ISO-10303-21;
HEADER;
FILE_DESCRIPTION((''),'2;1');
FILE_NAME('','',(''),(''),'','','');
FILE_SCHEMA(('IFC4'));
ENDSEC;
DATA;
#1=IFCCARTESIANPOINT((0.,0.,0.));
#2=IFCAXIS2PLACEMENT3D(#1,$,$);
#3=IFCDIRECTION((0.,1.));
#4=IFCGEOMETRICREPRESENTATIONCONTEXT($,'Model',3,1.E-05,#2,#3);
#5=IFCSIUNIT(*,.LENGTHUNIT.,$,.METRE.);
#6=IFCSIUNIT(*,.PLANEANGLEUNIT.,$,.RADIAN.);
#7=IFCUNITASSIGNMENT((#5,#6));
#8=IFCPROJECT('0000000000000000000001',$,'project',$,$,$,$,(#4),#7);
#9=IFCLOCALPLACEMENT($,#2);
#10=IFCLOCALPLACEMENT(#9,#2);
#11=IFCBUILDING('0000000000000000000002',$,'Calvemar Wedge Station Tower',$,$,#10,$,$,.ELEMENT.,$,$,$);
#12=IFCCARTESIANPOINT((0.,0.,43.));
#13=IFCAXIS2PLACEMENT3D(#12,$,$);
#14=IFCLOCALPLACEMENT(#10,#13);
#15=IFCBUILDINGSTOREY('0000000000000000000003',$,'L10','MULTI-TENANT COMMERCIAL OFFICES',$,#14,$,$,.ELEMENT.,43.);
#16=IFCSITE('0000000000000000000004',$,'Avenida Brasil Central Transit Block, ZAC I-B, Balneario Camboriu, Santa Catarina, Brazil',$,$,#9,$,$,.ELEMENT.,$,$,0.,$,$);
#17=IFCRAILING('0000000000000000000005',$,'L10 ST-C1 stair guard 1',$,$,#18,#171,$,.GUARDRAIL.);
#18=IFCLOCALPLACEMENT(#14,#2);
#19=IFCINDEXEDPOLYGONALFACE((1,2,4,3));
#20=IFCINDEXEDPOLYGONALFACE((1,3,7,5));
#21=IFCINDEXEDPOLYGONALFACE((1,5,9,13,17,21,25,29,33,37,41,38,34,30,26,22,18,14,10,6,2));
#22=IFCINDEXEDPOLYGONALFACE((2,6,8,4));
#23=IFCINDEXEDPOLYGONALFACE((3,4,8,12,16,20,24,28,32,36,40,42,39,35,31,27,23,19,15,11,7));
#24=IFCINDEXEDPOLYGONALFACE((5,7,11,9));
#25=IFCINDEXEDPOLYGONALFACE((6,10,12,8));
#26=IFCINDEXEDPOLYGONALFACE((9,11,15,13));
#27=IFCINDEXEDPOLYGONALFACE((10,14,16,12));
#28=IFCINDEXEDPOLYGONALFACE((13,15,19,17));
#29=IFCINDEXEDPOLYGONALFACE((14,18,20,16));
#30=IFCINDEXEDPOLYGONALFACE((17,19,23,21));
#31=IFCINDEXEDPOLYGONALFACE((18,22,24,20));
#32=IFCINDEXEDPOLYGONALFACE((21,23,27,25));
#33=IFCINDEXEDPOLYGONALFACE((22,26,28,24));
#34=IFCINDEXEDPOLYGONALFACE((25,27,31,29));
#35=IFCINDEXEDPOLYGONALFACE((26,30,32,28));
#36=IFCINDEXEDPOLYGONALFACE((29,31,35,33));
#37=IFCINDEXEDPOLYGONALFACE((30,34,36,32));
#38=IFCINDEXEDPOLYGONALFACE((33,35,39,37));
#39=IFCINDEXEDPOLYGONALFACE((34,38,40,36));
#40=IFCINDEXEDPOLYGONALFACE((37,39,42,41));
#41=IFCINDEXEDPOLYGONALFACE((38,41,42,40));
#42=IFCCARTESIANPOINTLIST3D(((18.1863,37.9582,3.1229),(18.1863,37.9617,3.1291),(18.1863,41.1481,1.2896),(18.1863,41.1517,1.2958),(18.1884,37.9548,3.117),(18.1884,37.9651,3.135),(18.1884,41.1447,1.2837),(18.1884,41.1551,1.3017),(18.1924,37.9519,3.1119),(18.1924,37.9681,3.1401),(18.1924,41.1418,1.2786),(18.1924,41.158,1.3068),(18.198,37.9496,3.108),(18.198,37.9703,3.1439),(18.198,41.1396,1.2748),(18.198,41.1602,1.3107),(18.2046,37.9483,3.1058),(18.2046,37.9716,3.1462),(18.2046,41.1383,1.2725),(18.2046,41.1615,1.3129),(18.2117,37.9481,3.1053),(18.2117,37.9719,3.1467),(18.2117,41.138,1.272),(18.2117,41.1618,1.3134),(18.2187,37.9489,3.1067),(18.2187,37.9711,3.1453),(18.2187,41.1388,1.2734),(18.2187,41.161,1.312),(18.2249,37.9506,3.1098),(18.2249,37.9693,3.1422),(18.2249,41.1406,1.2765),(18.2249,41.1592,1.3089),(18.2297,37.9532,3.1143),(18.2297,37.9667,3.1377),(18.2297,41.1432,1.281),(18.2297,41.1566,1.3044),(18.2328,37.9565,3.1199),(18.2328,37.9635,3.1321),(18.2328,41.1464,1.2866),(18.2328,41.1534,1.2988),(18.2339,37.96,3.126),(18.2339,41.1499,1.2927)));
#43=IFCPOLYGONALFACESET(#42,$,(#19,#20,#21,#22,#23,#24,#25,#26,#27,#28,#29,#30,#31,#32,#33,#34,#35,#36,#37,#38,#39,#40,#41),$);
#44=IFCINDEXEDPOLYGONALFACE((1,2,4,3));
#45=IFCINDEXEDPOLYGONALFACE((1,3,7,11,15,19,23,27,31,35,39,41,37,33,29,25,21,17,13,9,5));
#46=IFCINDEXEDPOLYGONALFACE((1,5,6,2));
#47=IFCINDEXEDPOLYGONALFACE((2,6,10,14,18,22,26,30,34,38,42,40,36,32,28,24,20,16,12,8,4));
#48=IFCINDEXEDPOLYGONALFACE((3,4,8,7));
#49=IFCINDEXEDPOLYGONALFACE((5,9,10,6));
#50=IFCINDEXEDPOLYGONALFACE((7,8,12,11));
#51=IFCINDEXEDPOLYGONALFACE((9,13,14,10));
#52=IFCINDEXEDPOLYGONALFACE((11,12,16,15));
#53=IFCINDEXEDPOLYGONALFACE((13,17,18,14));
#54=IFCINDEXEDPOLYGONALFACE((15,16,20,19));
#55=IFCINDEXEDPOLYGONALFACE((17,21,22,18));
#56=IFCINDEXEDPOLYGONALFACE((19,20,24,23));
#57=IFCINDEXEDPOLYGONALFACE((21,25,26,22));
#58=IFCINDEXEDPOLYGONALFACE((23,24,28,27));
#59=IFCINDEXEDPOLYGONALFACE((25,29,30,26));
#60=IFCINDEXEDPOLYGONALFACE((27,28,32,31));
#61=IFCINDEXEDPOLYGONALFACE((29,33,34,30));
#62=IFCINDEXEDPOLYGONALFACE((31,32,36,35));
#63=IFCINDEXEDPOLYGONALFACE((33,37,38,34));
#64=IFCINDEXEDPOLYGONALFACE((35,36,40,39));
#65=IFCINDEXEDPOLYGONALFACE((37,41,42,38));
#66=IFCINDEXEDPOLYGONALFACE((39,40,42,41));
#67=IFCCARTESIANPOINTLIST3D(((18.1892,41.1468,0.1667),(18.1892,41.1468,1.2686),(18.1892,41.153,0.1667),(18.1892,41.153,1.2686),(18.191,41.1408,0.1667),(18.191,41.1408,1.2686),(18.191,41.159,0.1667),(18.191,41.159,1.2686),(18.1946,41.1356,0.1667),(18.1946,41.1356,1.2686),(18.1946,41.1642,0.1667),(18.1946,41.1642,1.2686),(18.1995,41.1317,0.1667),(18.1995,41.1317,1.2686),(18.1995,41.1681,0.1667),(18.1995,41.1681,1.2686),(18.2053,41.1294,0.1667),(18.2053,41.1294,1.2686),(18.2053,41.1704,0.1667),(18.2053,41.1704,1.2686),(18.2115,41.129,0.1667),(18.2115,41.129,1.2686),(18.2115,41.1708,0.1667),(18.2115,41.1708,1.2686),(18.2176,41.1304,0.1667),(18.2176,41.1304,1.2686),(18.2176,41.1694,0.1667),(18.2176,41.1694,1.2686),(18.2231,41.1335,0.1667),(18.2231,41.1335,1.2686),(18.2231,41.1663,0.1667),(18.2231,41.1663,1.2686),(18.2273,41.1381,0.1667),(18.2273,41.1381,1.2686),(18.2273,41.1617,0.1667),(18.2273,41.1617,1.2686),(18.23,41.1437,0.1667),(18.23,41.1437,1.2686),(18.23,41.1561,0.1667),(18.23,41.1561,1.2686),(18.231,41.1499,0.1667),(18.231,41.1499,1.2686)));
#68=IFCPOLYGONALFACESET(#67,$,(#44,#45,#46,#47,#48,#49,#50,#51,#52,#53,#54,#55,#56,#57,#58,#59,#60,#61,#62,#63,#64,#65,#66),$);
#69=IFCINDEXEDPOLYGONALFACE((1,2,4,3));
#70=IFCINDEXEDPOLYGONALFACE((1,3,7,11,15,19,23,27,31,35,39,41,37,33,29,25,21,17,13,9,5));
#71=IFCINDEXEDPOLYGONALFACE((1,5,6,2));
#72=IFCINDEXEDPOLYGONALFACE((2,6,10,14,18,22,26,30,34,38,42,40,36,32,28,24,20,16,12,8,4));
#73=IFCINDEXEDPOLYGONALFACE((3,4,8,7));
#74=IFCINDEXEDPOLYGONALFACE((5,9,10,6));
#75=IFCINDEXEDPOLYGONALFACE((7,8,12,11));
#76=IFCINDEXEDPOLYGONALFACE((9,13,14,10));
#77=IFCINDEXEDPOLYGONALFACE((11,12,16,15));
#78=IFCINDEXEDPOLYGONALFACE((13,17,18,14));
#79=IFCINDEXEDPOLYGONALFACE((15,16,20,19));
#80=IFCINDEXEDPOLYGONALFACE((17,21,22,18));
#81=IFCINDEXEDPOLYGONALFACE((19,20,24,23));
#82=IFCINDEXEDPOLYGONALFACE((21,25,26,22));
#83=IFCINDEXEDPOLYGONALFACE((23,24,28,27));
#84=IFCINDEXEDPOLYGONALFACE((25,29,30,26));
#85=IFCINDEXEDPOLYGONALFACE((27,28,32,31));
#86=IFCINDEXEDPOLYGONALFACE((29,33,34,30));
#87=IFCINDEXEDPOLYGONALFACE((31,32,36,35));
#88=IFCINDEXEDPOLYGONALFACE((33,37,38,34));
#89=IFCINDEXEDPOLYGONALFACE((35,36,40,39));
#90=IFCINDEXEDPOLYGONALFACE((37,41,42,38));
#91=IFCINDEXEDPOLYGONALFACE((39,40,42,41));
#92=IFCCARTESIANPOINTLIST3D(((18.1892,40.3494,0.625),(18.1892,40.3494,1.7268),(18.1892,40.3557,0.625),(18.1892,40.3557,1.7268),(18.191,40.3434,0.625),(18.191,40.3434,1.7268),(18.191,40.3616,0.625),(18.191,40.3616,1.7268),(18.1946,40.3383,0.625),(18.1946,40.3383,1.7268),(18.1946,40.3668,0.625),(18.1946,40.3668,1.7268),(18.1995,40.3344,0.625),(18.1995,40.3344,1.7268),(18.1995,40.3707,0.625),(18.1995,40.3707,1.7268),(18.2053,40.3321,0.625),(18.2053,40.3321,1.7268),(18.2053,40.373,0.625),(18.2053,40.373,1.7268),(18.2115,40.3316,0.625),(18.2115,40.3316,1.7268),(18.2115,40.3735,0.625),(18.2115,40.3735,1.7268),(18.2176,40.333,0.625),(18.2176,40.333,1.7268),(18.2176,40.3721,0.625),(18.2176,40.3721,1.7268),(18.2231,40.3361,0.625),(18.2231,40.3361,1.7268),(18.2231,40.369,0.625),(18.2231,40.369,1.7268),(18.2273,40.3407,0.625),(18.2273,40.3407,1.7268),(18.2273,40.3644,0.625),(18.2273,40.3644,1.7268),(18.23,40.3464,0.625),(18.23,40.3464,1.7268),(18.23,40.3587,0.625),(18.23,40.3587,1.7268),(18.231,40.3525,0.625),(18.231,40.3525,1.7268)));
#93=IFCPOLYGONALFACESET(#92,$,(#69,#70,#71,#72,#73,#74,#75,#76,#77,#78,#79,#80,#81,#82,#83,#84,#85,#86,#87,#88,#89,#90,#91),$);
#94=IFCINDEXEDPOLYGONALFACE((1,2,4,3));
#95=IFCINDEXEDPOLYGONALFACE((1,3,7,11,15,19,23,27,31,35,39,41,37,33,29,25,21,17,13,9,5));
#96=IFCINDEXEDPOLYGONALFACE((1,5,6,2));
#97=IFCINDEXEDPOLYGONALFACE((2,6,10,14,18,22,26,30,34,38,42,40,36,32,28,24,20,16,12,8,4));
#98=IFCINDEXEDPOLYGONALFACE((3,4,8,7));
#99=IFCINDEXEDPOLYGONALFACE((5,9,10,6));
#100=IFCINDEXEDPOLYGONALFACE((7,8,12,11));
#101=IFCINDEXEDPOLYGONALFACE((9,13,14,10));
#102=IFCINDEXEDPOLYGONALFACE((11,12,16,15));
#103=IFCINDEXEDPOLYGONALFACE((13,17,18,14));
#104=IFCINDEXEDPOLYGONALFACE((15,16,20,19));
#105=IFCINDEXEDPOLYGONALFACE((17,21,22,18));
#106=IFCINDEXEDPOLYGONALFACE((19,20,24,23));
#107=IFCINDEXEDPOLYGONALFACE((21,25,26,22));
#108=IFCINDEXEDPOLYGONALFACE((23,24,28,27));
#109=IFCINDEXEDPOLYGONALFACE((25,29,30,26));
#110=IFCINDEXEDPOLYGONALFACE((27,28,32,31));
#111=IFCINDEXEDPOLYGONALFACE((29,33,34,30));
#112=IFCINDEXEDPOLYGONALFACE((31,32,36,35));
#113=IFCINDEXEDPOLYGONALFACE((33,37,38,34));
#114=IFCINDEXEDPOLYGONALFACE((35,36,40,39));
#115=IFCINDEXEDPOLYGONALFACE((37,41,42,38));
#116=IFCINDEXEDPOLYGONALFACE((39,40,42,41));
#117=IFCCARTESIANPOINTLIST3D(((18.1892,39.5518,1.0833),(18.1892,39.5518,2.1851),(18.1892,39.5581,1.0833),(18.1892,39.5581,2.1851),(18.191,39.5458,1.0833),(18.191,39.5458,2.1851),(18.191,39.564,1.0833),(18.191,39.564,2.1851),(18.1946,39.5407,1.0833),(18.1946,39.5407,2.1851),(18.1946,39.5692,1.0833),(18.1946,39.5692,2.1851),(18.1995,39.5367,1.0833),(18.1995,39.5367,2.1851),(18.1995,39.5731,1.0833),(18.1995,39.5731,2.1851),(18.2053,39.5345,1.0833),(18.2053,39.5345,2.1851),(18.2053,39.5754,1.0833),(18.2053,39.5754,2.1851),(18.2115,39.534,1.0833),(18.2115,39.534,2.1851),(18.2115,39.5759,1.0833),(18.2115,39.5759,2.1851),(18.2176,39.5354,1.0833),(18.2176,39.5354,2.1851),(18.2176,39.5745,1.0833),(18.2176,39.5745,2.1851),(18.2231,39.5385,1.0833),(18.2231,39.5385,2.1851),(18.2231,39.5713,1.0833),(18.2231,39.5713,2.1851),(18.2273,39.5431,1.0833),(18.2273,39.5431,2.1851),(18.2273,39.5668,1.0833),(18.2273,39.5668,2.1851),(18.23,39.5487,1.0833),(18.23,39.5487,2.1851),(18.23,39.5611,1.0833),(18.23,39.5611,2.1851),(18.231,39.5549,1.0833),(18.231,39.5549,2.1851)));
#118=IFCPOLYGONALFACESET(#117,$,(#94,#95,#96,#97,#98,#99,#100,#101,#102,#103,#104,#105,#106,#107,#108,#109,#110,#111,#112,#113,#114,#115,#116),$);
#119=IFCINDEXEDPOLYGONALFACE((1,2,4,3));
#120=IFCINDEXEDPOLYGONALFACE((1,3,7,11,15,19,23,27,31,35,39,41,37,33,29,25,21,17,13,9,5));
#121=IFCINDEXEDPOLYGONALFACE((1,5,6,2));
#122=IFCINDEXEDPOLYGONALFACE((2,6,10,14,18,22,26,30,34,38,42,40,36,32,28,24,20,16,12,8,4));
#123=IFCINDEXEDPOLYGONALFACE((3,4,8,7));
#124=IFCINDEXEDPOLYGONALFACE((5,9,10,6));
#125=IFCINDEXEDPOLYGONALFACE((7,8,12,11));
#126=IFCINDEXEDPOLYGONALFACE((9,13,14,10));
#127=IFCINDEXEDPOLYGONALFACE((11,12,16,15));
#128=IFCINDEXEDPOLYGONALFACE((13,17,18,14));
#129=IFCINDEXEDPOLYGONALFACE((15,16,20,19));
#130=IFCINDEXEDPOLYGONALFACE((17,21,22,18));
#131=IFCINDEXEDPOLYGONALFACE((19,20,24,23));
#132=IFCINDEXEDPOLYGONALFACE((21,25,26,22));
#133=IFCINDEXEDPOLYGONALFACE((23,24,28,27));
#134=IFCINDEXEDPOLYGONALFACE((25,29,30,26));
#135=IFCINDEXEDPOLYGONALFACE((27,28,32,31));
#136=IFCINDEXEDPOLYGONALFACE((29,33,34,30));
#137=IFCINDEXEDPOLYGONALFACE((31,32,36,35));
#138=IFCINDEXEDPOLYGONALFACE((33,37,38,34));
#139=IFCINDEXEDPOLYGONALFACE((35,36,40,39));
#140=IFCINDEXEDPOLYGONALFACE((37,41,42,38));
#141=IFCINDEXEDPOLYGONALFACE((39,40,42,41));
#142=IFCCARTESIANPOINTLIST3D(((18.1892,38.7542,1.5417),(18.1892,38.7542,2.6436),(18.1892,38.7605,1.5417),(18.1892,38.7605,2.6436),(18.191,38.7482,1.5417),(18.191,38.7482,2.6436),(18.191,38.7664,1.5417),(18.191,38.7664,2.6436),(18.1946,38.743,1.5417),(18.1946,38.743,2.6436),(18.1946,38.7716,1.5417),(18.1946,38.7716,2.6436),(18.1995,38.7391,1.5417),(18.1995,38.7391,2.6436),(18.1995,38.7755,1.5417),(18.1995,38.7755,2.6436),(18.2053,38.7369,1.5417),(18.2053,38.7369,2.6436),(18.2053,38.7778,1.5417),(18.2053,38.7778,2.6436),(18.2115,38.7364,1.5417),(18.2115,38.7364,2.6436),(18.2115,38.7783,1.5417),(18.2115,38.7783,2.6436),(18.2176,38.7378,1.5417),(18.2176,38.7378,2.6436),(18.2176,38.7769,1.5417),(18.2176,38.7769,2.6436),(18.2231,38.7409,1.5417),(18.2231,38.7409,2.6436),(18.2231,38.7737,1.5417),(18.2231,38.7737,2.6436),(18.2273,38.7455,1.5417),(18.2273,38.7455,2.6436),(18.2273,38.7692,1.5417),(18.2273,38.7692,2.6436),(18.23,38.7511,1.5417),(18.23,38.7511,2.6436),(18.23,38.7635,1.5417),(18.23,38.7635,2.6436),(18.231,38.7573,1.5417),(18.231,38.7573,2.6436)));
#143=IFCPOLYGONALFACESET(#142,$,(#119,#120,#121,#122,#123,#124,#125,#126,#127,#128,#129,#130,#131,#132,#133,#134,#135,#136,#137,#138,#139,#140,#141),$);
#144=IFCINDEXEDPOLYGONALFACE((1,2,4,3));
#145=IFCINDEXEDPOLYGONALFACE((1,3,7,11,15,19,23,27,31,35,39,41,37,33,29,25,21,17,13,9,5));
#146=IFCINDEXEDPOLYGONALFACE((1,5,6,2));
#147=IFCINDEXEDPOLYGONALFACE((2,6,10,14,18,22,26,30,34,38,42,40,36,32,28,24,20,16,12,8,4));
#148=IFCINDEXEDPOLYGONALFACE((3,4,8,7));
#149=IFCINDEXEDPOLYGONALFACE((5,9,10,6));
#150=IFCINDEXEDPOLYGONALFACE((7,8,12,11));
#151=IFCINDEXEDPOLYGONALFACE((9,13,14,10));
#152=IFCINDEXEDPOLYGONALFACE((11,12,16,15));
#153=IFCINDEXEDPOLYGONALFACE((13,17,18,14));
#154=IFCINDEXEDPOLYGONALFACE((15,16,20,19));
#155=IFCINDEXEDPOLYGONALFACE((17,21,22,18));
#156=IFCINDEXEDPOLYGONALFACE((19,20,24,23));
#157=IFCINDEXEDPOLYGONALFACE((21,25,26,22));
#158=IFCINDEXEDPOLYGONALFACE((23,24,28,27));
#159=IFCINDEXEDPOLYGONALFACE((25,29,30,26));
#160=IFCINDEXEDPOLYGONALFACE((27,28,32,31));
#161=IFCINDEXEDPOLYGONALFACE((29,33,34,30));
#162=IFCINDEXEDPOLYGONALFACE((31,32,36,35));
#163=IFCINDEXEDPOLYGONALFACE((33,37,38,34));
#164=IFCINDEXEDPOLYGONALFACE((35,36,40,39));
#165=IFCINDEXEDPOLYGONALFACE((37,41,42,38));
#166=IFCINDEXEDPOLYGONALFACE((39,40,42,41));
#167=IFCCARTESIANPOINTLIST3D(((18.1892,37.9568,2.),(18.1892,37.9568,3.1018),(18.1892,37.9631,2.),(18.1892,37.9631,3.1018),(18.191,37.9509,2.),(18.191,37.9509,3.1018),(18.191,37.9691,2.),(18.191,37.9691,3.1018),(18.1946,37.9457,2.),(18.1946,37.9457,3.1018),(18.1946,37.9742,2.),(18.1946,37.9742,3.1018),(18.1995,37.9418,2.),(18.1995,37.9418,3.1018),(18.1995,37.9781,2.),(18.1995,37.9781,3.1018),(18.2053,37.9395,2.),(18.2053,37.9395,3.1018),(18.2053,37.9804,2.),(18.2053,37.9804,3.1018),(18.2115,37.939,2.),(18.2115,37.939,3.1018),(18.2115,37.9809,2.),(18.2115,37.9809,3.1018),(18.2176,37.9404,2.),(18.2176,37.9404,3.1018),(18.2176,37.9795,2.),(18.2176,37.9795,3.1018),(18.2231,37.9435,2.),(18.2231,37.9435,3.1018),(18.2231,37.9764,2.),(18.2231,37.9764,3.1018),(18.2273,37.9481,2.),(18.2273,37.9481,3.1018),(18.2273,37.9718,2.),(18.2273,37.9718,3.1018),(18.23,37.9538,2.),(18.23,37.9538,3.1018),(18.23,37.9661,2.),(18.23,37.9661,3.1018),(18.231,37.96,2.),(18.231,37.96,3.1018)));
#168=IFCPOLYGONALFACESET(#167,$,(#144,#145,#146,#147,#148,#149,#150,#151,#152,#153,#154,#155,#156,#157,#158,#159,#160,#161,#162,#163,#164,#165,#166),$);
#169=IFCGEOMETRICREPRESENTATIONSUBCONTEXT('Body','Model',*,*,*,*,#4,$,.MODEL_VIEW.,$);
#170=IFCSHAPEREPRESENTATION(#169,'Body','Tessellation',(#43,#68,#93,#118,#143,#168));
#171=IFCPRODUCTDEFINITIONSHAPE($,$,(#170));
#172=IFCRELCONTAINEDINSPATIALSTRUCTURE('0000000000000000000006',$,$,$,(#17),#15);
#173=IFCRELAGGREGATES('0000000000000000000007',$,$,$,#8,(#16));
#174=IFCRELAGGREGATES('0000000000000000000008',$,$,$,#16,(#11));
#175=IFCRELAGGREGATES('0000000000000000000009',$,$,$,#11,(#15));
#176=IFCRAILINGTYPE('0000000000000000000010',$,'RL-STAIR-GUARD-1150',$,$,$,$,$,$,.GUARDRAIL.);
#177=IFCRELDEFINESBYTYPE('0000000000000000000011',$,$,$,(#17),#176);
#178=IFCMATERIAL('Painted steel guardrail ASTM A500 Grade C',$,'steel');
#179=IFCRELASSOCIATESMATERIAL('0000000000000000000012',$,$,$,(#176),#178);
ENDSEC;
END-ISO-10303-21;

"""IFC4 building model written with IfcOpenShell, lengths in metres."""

from ifc_helpers import new_model, si_unit, direction, frame, origin, origin_2d, place, context, subcontext, project, spatial, circle, extrude, material, type_object, element, save


model = new_model("IFC4")

# Units and contexts
model_context = context("Model", 3, precision=1e-05, world=origin(), true_north=direction((0.0, 1.0)))
body_context = subcontext(model_context, "Body", "Model", "MODEL_VIEW")
ifc_project = project(units=[si_unit("LENGTHUNIT", "METRE"), si_unit("PLANEANGLEUNIT", "RADIAN")], contexts=[model_context])

# Site, building, storey
site_placement = place(None, origin())
site = spatial("IfcSite", under=ifc_project, at=site_placement, Name="Avenida Brasil Central Transit Block, ZAC I-B, Balneario Camboriu, Santa Catarina, Brazil", CompositionType="ELEMENT", RefElevation=0.0)
building_placement = place(site_placement, origin())
building = spatial("IfcBuilding", under=site, at=building_placement, Name="Calvemar Wedge Station Tower", CompositionType="ELEMENT")
storey_placement = place(building_placement, frame((0.0, 0.0, 43.0)))
storey = spatial("IfcBuildingStorey", under=building, at=storey_placement, Name="L10", Description="MULTI-TENANT COMMERCIAL OFFICES", CompositionType="ELEMENT", Elevation=43.0)

# Railing
ifc_material_1 = material(Name="Painted steel guardrail ASTM A500 Grade C", Category="steel")
railing_type = type_object("IfcRailingType", Name="RL-STAIR-GUARD-1150", PredefinedType="GUARDRAIL", material=ifc_material_1)
railing_1_placement = place(storey_placement, frame((18.21, 41.1499, 0.1667)))
element("IfcRailing", 1, at=railing_1_placement, inside=storey, type_object=railing_type, Name="L10 ST-C1 stair guard 1", PredefinedType="GUARDRAIL", context=body_context, shape_type="SweptSolid", body=[
    extrude(circle(Radius=0.0239, at=origin_2d()), frame((0.0, 0.0, 1.126), z_axis=(0.0, -0.86702, 0.498274), x_axis=(1.0, 0.0, 0.0)), (0.0, 0.0, 1.0), 3.6792),
    extrude(circle(Radius=0.021, at=origin_2d()), origin(), (0.0, 0.0, 1.0), 1.1018),
    extrude(circle(Radius=0.021, at=origin_2d()), frame((0.0, -0.7974, 0.4583)), (0.0, 0.0, 1.0), 1.1018),
    extrude(circle(Radius=0.021, at=origin_2d()), frame((0.0, -1.595, 0.9165)), (0.0, 0.0, 1.0), 1.1018),
    extrude(circle(Radius=0.021, at=origin_2d()), frame((0.0, -2.3926, 1.375)), (0.0, 0.0, 1.0), 1.1018),
    extrude(circle(Radius=0.021, at=origin_2d()), frame((0.0, -3.1899, 1.8333)), (0.0, 0.0, 1.0), 1.1018),
])

save(model, "model.ifc")
